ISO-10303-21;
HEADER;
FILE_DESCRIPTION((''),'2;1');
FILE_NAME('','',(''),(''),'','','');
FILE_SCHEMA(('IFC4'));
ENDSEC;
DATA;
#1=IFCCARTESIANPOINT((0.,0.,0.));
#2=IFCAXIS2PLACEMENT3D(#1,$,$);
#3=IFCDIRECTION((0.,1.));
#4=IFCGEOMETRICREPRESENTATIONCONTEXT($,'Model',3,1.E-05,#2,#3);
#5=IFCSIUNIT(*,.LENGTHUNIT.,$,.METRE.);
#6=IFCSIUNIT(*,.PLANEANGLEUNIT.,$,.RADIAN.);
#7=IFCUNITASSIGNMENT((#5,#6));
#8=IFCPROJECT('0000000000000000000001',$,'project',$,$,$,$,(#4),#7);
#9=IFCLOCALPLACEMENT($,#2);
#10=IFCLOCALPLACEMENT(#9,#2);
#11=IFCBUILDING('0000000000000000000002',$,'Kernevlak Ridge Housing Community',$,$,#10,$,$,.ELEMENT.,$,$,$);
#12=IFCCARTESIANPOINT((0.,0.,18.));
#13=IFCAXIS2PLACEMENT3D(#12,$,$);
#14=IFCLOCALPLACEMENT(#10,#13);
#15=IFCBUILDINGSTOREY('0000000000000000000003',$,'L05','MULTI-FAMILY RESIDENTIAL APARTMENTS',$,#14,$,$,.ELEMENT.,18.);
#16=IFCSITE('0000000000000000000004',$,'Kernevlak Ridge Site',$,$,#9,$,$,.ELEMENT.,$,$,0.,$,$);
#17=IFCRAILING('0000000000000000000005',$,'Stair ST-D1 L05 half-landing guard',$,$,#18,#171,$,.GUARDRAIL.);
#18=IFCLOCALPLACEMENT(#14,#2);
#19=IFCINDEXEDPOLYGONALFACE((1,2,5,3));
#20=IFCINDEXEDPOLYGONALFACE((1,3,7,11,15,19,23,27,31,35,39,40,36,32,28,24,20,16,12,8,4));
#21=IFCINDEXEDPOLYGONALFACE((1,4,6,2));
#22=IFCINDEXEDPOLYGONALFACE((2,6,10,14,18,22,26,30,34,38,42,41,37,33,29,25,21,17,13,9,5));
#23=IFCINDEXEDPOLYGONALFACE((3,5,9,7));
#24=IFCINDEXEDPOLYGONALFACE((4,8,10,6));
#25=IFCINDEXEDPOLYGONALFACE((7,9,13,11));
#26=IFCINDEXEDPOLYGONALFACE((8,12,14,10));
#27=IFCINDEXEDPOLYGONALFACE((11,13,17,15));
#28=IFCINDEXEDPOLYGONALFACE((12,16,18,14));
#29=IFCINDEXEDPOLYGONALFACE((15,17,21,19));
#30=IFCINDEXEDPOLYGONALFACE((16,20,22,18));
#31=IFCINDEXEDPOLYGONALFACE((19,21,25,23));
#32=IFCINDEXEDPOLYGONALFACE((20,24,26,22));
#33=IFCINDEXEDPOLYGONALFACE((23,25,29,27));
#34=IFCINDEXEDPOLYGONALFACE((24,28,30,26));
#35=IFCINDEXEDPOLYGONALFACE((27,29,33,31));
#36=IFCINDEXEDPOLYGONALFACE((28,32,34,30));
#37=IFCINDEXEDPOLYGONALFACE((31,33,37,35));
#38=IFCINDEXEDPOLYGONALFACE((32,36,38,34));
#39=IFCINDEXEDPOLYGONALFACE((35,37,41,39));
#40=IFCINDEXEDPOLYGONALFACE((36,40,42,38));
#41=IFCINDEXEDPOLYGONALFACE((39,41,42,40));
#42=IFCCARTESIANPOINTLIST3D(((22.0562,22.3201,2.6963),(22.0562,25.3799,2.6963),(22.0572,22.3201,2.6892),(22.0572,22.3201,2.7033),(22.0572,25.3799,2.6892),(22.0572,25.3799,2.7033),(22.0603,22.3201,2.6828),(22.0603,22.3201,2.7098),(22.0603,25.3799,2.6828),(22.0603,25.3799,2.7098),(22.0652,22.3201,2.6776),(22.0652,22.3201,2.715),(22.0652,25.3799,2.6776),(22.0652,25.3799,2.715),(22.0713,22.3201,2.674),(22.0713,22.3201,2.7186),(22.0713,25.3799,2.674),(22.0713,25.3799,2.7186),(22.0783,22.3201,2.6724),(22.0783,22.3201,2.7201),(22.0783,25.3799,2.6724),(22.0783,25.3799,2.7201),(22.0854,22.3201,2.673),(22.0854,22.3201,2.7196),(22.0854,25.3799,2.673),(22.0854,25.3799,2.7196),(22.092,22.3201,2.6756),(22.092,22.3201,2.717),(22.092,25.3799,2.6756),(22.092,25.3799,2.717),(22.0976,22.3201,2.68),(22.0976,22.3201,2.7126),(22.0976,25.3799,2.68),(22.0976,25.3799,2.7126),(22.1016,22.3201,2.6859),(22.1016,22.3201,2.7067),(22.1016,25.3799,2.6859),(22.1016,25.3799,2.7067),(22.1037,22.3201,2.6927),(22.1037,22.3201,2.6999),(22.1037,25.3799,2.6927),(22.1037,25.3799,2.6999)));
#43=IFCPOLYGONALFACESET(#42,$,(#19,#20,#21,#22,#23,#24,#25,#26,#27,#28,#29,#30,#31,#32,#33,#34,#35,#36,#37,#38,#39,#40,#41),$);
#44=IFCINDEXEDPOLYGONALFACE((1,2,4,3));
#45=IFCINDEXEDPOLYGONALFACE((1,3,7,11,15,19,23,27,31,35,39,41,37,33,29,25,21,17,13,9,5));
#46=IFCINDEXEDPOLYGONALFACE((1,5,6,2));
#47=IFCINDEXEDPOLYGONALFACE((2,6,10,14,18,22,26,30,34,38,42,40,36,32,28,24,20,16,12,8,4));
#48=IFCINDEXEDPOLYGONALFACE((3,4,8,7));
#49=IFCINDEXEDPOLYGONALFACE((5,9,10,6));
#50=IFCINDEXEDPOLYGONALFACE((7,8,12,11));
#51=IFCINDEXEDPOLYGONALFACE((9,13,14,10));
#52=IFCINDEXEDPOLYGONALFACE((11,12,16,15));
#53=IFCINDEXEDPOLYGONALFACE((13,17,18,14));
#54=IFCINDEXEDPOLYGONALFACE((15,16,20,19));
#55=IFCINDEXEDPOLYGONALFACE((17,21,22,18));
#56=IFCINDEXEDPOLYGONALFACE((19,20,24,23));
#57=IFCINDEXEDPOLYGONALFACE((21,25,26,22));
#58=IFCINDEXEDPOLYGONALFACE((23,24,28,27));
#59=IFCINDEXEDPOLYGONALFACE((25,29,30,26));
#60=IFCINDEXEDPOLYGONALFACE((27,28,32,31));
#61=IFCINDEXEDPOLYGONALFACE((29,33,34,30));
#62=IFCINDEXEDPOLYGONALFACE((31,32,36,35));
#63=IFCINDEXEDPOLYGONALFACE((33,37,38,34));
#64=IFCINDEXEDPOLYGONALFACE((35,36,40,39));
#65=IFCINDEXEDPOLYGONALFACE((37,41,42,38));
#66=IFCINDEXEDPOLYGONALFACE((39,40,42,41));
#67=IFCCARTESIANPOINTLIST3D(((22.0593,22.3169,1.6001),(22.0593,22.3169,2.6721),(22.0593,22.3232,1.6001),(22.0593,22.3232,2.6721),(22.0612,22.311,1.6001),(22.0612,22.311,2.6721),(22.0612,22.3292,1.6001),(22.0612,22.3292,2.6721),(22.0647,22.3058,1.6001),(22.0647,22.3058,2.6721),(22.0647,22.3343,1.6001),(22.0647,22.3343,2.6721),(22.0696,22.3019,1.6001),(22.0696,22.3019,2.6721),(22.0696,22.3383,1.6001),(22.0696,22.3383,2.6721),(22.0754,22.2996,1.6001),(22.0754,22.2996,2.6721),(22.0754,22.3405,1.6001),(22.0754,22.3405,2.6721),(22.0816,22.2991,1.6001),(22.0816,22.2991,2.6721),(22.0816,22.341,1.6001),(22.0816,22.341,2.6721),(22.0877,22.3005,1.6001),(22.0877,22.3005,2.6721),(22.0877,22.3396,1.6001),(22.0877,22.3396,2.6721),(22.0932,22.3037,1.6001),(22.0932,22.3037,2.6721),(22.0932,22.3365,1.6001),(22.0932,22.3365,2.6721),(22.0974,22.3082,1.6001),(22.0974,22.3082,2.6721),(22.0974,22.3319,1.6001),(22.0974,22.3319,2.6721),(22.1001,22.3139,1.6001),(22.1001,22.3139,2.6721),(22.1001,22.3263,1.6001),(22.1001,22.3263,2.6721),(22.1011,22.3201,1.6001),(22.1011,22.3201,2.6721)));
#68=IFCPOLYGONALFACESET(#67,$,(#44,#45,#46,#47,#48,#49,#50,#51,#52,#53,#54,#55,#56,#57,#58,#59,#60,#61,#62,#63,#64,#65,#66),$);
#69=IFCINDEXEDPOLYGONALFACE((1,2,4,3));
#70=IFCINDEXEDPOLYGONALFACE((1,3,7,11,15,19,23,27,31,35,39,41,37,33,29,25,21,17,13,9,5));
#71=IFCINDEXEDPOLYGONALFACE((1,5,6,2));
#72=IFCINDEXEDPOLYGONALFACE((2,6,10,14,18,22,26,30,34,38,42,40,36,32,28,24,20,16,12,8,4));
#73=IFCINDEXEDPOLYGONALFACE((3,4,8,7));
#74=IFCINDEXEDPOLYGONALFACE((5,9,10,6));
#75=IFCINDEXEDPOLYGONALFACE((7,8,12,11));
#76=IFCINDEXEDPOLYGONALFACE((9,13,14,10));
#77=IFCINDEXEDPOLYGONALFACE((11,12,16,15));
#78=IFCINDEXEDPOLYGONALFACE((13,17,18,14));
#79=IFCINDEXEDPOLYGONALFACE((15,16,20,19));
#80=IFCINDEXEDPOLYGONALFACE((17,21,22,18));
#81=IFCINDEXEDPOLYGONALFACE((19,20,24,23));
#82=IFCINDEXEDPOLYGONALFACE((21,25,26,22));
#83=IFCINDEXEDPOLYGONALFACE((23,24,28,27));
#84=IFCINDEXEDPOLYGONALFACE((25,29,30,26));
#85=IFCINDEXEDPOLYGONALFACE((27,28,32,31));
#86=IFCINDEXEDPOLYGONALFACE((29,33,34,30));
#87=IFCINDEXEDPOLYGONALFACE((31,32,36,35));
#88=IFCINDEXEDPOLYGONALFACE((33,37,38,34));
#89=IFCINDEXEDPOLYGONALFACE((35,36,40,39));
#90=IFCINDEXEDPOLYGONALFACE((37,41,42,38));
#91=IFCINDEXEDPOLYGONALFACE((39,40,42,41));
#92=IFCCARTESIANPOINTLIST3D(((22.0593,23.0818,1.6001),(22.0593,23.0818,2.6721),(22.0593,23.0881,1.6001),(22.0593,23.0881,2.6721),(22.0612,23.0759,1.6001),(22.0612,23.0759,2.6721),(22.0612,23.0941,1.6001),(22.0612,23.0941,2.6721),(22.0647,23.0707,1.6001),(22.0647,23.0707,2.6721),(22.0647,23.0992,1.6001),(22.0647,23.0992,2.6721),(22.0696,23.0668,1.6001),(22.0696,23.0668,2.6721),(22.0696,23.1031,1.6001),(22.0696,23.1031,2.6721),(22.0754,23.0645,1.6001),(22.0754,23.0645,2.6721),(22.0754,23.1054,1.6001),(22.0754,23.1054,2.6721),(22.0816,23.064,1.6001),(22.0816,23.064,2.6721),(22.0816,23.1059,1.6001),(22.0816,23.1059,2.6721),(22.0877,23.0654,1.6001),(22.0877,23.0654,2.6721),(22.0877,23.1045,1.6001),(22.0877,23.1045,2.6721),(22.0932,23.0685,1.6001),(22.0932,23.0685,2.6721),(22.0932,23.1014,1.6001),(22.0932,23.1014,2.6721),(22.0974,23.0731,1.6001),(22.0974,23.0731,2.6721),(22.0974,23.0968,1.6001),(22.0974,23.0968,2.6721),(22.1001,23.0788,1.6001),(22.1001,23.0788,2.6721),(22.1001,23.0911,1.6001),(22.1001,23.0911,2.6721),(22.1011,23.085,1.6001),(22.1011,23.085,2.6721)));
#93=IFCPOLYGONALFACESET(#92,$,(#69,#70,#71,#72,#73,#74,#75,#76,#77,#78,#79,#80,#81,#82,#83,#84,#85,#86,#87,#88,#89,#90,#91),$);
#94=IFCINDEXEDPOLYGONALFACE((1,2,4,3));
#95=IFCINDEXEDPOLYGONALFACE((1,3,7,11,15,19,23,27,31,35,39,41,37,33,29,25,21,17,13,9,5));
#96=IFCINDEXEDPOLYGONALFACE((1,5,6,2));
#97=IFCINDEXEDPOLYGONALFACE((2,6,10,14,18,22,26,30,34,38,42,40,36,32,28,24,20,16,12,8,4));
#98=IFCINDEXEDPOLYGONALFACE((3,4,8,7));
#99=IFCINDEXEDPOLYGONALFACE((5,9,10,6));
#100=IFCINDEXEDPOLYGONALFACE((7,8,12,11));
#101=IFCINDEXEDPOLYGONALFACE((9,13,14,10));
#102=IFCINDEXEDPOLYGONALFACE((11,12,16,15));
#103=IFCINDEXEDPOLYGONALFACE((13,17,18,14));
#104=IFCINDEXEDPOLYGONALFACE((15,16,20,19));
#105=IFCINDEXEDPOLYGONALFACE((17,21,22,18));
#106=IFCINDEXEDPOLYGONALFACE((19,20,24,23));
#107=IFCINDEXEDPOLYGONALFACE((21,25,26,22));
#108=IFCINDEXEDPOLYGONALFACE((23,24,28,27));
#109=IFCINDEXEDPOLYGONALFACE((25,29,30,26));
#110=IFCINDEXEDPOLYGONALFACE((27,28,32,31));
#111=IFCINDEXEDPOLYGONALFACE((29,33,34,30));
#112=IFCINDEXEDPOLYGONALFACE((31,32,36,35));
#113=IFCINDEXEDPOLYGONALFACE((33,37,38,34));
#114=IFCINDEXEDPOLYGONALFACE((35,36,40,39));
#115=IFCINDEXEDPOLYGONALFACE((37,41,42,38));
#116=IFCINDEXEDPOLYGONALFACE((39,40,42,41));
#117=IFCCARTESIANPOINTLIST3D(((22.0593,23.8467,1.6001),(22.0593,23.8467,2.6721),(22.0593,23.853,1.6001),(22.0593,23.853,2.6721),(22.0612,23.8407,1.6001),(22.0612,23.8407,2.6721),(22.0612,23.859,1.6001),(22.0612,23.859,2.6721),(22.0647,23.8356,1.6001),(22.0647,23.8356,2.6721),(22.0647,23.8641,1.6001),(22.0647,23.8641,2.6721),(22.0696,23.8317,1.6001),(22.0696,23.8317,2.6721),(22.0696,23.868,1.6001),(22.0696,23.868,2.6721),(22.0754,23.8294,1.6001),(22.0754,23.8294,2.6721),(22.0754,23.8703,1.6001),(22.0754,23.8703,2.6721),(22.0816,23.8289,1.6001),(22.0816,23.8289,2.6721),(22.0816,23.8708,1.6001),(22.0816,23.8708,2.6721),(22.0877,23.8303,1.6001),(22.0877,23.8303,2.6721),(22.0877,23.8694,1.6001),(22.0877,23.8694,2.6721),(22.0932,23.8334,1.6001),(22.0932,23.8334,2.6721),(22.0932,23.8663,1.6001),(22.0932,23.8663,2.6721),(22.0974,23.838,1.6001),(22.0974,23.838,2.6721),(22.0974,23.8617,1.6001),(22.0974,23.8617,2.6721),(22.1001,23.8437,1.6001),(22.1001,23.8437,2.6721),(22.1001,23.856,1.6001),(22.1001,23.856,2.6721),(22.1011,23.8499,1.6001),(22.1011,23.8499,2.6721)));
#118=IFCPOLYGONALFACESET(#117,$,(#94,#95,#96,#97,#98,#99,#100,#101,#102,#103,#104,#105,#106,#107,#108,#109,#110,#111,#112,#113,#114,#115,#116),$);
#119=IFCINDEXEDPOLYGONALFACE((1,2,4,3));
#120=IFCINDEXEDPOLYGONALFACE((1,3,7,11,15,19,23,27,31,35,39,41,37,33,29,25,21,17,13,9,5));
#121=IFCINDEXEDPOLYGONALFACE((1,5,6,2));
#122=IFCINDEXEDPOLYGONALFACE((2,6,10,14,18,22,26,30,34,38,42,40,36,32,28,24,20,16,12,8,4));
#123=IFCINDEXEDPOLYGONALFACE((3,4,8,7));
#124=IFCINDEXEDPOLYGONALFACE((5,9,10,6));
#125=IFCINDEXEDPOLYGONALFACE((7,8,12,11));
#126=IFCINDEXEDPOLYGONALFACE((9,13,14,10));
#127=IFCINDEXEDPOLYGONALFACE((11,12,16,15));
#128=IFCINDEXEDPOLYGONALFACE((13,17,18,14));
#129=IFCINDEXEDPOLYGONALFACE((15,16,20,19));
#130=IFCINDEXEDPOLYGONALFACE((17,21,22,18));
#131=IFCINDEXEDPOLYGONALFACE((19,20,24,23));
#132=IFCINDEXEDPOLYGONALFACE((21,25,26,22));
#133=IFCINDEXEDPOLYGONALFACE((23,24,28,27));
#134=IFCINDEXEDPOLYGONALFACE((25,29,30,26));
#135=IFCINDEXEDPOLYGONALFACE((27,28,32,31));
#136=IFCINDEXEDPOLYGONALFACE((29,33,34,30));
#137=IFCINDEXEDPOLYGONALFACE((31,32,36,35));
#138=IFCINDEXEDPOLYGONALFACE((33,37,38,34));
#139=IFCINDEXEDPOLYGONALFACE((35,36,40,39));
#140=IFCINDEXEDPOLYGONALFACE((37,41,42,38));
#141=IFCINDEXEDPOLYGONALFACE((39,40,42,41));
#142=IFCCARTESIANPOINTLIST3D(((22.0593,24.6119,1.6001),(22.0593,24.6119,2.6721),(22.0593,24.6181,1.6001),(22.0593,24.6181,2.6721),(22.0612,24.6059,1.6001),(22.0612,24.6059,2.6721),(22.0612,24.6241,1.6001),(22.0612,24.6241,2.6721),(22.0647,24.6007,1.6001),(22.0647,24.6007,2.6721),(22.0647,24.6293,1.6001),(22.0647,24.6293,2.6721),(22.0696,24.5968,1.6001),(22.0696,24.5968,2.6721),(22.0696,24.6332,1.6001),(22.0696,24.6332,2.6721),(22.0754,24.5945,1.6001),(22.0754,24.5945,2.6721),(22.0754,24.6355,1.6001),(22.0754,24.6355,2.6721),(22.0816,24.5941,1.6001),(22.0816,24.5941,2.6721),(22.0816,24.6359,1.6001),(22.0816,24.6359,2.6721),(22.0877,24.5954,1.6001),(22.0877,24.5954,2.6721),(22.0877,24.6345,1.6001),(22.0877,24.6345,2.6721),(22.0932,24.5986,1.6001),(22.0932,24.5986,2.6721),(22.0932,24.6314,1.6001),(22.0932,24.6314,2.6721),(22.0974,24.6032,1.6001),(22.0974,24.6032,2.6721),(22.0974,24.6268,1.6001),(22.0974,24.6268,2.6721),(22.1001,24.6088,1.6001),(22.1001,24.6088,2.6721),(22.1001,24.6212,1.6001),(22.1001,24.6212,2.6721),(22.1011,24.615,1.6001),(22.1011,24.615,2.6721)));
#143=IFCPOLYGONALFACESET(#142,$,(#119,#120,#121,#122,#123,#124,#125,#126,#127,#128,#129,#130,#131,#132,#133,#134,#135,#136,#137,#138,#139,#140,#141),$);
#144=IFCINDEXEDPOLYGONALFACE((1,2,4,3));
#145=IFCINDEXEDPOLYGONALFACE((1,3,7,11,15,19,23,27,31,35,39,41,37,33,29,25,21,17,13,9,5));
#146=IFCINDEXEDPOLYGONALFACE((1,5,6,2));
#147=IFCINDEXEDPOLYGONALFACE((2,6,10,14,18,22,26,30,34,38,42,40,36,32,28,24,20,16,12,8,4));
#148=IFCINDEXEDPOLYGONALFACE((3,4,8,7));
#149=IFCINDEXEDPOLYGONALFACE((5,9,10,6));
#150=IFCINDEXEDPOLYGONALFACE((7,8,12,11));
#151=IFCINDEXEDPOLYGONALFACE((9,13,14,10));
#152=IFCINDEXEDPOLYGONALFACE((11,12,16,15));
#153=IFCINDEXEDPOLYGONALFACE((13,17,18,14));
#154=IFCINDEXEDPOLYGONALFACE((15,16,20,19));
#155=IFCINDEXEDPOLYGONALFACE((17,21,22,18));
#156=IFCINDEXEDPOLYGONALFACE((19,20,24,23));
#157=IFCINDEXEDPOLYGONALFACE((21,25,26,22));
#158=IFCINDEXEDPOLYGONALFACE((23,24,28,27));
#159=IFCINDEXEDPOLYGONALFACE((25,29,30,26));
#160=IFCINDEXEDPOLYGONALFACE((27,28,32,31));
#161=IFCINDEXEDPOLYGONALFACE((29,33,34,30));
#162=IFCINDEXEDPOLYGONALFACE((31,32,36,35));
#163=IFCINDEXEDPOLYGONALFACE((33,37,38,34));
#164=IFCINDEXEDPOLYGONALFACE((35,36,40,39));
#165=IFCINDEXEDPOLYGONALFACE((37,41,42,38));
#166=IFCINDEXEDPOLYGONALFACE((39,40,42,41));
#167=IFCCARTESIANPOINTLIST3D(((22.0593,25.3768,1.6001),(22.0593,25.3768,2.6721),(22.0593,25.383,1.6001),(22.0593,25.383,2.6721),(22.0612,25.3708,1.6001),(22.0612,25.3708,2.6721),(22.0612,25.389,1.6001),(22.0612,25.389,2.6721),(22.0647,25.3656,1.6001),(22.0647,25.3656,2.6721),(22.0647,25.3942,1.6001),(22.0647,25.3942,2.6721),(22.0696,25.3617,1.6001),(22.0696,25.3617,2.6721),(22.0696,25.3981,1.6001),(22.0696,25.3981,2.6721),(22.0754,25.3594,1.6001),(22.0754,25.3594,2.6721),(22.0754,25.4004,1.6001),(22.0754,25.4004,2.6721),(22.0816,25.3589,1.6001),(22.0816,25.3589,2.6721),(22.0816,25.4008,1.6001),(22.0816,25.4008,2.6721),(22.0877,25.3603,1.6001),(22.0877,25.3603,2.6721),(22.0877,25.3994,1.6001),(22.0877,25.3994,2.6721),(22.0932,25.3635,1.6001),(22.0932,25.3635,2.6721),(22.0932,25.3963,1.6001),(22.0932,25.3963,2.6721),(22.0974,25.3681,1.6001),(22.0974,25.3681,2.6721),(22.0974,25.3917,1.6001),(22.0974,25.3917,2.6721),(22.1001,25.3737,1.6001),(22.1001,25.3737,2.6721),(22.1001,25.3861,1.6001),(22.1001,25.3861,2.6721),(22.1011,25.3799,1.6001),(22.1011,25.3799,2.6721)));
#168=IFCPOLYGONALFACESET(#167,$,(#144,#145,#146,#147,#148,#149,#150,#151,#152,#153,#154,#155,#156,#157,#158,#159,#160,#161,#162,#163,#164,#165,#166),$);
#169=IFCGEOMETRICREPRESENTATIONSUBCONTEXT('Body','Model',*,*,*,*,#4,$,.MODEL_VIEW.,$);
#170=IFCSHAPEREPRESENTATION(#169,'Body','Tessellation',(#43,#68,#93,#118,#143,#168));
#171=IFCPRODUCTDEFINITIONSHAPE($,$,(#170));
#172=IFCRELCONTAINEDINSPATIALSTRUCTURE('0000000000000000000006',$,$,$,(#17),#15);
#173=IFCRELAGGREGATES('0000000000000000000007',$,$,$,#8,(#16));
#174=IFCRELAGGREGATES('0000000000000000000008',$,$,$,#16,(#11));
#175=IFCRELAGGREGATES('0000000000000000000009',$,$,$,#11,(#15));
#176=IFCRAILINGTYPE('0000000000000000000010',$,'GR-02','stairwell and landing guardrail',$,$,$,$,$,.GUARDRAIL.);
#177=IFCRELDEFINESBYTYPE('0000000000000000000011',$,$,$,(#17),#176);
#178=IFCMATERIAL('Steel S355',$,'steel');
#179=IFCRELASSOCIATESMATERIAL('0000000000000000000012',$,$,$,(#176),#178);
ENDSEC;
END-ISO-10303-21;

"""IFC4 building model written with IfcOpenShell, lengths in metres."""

from ifc_helpers import new_model, si_unit, direction, frame, origin, origin_2d, place, context, subcontext, project, spatial, circle, extrude, material, type_object, element, save


model = new_model("IFC4")

# Units and contexts
model_context = context("Model", 3, precision=1e-05, world=origin(), true_north=direction((0.0, 1.0)))
body_context = subcontext(model_context, "Body", "Model", "MODEL_VIEW")
ifc_project = project(units=[si_unit("LENGTHUNIT", "METRE"), si_unit("PLANEANGLEUNIT", "RADIAN")], contexts=[model_context])

# Site, building, storey
site_placement = place(None, origin())
site = spatial("IfcSite", under=ifc_project, at=site_placement, Name="Kernevlak Ridge Site", CompositionType="ELEMENT", RefElevation=0.0)
building_placement = place(site_placement, origin())
building = spatial("IfcBuilding", under=site, at=building_placement, Name="Kernevlak Ridge Housing Community", CompositionType="ELEMENT")
storey_placement = place(building_placement, frame((0.0, 0.0, 18.0)))
storey = spatial("IfcBuildingStorey", under=building, at=storey_placement, Name="L05", Description="MULTI-FAMILY RESIDENTIAL APARTMENTS", CompositionType="ELEMENT", Elevation=18.0)

# Railing
ifc_material_1 = material(Name="Steel S355", Category="steel")
railing_type_1 = type_object("IfcRailingType", Name="GR-02", Description="stairwell and landing guardrail", PredefinedType="GUARDRAIL", material=ifc_material_1)
railing_1_placement = place(storey_placement, frame((22.0801, 22.3201, 1.6001)))
element("IfcRailing", 1, at=railing_1_placement, inside=storey, type_object=railing_type_1, Name="Stair ST-D1 L05 half-landing guard", PredefinedType="GUARDRAIL", context=body_context, shape_type="SweptSolid", body=[
    extrude(circle(Radius=0.0239, at=origin_2d()), frame((0.0, 0.0, 1.0962), z_axis=(0.0, 1.0, 0.0), x_axis=(-1.0, 0.0, 0.0)), (0.0, 0.0, 1.0), 3.0598),
    extrude(circle(Radius=0.021, at=origin_2d()), origin(), (0.0, 0.0, 1.0), 1.072),
    extrude(circle(Radius=0.021, at=origin_2d()), frame((0.0, 0.7649, 0.0)), (0.0, 0.0, 1.0), 1.072),
    extrude(circle(Radius=0.021, at=origin_2d()), frame((0.0, 1.5298, 0.0)), (0.0, 0.0, 1.0), 1.072),
    extrude(circle(Radius=0.021, at=origin_2d()), frame((0.0, 2.2949, 0.0)), (0.0, 0.0, 1.0), 1.072),
    extrude(circle(Radius=0.021, at=origin_2d()), frame((0.0, 3.0598, 0.0)), (0.0, 0.0, 1.0), 1.072),
])

save(model, "model.ifc")
